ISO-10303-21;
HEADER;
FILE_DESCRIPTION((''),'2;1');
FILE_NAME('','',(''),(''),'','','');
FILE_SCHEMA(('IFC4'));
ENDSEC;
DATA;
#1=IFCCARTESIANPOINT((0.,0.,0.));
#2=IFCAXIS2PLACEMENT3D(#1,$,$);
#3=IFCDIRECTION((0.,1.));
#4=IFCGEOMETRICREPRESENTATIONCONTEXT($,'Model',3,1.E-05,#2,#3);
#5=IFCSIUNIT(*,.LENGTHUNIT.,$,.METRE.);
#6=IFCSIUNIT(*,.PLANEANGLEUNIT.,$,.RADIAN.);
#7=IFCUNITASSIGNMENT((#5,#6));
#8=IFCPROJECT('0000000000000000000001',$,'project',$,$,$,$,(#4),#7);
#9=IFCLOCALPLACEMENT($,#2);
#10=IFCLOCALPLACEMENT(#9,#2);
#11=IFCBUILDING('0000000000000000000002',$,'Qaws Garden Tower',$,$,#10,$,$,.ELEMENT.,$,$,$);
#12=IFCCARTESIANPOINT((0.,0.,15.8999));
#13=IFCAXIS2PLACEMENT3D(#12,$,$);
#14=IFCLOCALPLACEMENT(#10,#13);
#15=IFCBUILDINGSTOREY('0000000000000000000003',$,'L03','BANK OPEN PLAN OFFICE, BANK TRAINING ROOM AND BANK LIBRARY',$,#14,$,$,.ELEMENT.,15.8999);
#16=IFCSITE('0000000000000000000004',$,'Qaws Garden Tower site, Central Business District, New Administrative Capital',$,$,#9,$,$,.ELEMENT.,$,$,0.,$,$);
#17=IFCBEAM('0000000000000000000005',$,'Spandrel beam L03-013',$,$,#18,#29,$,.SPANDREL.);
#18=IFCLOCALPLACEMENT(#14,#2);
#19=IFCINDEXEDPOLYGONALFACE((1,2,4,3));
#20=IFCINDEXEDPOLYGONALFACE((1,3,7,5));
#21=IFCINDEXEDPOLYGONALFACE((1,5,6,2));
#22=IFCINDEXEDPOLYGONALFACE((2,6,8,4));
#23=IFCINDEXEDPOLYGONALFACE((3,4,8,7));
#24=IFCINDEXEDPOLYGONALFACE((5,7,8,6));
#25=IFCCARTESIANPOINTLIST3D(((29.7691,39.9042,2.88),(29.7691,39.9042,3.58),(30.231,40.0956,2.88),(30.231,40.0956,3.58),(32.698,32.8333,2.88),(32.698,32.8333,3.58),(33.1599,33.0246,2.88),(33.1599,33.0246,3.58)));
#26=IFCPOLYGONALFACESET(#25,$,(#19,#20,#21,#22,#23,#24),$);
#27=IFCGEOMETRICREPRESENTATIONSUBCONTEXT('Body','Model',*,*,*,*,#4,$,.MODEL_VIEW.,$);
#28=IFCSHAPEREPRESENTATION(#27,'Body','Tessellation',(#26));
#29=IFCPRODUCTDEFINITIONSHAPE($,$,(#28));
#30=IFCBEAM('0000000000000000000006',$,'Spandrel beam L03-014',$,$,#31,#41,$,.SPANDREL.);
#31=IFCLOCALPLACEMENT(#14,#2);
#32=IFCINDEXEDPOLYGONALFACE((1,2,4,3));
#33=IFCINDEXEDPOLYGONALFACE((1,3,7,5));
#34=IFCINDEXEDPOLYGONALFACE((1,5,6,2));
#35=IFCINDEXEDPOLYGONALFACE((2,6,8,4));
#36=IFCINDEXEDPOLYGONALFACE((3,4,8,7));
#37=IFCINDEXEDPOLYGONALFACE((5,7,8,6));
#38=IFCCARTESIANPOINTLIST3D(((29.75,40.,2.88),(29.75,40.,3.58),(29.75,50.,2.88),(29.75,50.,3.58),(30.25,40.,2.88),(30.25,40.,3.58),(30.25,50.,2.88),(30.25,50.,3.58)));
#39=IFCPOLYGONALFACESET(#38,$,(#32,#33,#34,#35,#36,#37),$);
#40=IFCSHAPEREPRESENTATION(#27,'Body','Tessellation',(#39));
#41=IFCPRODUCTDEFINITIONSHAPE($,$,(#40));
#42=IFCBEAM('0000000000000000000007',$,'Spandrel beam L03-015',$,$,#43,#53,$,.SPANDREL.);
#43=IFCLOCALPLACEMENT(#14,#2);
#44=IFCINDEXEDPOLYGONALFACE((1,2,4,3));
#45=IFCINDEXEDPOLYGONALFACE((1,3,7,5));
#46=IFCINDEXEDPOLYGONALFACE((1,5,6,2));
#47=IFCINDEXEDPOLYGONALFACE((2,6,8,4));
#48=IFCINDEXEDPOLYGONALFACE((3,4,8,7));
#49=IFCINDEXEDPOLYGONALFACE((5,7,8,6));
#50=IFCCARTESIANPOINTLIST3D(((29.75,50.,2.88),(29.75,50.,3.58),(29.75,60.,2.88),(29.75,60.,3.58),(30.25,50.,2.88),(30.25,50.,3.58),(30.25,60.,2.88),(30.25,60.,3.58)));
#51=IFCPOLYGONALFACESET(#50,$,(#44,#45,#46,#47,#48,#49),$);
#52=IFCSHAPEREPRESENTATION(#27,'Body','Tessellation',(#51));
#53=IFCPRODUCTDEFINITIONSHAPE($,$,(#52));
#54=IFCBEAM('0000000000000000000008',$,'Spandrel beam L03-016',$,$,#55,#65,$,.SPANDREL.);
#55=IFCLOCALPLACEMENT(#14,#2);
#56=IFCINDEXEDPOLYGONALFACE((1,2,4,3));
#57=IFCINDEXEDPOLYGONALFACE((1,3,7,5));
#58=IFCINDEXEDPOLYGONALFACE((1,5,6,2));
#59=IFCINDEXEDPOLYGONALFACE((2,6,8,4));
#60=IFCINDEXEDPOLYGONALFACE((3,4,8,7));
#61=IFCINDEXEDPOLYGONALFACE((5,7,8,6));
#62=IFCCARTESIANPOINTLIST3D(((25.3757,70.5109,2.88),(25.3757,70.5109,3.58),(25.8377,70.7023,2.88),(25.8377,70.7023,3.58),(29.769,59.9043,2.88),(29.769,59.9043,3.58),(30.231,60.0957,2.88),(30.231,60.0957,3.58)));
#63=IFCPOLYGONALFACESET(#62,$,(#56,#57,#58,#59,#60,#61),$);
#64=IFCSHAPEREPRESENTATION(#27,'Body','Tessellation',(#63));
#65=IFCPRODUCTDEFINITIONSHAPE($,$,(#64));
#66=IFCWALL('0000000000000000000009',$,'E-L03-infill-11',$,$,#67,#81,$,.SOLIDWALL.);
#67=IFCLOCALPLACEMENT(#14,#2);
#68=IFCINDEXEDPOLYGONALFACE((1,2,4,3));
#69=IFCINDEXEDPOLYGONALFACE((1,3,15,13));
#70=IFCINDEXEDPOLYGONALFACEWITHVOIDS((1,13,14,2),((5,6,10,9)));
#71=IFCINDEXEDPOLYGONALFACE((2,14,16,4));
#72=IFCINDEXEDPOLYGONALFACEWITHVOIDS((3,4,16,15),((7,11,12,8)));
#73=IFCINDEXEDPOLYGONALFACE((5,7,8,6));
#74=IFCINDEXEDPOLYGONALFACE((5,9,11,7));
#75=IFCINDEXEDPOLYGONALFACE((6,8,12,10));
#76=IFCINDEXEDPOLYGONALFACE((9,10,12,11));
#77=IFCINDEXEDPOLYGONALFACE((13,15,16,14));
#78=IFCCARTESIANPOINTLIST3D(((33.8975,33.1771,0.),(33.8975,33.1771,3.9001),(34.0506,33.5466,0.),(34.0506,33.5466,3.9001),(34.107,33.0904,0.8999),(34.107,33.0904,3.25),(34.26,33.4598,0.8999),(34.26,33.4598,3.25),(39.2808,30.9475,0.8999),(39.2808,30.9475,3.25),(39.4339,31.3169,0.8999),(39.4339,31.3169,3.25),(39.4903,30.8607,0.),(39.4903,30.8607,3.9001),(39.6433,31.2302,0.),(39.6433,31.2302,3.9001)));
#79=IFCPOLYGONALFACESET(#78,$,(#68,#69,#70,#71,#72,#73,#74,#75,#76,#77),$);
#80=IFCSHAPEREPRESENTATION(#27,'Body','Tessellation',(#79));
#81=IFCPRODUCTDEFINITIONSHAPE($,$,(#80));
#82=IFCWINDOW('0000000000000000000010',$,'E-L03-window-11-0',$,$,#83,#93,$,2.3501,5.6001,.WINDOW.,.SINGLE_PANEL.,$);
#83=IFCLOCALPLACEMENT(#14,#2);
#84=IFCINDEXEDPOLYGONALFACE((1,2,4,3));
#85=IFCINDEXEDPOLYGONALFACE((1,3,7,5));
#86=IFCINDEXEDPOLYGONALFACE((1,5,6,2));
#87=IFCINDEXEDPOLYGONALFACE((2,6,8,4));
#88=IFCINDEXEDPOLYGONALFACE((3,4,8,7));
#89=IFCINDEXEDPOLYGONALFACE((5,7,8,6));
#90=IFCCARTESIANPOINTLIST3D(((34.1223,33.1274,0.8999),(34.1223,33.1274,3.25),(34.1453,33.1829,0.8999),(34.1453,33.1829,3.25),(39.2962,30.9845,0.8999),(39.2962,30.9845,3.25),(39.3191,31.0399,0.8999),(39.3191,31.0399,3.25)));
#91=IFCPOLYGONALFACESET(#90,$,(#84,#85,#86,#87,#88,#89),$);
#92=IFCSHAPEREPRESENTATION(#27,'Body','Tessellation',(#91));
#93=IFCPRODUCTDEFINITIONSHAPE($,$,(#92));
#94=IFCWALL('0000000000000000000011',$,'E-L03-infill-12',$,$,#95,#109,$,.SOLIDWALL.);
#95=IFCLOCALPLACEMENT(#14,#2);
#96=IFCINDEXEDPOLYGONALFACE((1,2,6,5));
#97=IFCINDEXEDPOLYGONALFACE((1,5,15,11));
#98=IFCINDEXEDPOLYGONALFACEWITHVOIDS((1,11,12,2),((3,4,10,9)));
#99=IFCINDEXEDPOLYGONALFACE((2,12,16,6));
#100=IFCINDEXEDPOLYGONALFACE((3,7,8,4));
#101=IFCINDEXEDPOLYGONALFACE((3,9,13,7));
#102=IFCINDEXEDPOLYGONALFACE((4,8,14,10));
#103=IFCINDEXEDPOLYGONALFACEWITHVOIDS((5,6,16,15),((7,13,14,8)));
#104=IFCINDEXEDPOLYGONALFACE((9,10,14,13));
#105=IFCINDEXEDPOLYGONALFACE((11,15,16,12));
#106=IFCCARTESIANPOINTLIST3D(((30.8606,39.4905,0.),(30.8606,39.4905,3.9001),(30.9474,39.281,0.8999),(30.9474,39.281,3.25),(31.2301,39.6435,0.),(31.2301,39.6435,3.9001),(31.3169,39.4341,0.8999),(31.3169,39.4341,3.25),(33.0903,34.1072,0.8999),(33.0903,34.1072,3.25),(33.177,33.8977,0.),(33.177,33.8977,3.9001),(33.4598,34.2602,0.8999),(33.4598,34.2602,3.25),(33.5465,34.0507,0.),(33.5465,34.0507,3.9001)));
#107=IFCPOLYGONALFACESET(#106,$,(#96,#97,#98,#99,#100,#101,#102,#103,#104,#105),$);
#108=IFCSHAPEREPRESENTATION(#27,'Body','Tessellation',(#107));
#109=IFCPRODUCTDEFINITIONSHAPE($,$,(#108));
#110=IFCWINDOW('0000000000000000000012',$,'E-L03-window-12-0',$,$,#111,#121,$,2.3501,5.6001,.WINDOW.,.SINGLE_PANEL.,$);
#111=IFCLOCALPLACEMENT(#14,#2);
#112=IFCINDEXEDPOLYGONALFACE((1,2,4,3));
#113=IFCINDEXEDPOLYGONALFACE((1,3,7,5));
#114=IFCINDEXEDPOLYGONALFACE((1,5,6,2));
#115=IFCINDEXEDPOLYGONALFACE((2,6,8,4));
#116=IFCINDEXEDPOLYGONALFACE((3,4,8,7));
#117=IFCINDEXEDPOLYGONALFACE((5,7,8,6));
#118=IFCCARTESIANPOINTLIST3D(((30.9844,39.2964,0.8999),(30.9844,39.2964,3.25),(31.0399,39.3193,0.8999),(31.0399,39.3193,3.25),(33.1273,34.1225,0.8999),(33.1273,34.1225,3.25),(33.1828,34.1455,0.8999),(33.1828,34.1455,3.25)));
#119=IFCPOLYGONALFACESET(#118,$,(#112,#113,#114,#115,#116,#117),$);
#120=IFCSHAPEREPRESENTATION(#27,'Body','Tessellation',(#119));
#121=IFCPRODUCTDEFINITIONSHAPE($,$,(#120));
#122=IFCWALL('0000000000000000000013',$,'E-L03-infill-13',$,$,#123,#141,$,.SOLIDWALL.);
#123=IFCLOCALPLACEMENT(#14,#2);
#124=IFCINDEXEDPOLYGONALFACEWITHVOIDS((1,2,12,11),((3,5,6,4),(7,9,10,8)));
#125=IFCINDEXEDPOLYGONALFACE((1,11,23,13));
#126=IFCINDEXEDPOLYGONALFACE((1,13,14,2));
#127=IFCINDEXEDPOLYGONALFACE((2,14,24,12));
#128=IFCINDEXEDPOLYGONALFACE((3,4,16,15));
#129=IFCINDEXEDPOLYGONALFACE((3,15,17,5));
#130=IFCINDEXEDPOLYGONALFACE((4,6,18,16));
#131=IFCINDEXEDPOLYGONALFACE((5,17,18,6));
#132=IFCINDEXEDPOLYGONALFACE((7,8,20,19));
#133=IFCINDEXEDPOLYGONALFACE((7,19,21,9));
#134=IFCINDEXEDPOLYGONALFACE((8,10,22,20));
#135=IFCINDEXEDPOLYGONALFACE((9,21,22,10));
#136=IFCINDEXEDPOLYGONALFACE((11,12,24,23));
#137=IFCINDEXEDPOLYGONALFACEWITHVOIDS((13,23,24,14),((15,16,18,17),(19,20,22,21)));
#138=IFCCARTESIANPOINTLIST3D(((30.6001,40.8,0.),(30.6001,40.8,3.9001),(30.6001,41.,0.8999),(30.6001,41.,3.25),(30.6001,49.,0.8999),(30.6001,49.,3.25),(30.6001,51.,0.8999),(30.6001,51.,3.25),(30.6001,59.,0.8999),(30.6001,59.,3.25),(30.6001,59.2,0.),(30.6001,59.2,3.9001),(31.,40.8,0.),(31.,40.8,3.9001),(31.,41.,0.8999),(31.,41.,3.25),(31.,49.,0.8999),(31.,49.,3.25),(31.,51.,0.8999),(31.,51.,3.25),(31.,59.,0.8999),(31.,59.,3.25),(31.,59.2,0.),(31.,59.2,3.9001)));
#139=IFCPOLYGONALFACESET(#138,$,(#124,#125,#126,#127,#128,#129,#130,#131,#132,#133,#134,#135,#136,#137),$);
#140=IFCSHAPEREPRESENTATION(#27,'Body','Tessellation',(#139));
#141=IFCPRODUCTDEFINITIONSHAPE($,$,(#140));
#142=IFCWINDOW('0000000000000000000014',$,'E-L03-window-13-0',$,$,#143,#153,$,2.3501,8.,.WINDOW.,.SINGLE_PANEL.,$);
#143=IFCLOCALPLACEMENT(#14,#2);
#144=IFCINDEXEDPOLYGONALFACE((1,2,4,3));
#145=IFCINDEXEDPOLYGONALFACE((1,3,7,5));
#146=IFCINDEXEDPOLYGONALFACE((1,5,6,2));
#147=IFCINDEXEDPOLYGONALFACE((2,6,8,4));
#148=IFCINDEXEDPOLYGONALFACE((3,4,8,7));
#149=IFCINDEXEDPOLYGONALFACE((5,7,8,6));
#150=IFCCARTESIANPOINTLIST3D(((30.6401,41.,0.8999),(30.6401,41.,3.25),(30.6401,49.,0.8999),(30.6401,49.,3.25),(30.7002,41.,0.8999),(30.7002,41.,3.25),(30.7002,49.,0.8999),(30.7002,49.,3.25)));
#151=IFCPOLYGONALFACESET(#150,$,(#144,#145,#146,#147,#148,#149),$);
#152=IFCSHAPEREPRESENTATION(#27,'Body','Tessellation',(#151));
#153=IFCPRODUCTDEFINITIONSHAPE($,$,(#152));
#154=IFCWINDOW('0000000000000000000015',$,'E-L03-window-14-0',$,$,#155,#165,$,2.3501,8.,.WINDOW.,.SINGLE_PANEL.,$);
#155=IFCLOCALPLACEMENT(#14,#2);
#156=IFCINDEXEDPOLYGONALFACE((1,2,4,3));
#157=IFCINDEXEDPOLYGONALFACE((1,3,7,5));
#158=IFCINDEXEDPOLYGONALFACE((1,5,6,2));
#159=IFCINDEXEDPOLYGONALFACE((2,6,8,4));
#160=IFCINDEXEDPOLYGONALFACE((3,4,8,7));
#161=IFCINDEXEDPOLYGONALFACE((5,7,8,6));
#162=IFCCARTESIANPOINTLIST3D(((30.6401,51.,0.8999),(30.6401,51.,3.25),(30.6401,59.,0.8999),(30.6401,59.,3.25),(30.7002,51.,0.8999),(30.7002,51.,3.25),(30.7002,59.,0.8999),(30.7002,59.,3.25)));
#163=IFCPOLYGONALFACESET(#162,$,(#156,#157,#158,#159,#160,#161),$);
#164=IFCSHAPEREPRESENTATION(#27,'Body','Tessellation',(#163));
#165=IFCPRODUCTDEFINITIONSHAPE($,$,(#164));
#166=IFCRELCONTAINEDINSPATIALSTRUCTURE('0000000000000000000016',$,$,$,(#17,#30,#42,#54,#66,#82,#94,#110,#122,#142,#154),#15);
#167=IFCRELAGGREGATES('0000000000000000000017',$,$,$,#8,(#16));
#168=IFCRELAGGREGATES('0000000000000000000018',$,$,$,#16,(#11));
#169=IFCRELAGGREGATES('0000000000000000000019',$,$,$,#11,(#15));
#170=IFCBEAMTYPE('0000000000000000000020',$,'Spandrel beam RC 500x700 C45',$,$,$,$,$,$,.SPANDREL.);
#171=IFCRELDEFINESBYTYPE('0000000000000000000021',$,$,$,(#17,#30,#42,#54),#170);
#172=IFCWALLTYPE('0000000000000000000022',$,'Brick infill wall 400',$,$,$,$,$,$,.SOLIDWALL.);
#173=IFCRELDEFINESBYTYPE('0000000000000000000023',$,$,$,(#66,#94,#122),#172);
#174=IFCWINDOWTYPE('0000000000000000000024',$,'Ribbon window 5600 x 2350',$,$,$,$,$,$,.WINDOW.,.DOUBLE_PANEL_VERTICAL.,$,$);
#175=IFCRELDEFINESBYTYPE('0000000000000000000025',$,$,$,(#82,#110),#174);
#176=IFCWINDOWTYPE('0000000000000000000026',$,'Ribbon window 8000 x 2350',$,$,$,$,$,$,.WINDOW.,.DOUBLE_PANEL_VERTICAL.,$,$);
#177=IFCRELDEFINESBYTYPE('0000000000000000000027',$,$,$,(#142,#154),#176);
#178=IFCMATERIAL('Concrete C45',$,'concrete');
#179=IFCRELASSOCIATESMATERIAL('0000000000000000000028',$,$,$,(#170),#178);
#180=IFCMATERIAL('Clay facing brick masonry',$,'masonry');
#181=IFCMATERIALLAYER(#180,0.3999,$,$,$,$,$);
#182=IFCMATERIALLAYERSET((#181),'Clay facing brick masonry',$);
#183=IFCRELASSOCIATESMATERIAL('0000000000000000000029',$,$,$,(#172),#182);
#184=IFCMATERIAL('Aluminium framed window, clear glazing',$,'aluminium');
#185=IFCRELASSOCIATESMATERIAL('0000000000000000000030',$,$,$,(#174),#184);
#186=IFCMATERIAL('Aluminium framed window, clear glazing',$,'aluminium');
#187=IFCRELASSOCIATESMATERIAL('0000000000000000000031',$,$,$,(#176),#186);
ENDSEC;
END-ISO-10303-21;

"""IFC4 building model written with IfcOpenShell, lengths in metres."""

from ifc_helpers import new_model, si_unit, direction, frame, frame_2d, origin, origin_2d, place, context, subcontext, project, spatial, rectangle, extrude, material, layer, layer_set, material_profile, profile_set, type_object, element, fill, save


model = new_model("IFC4")

# Units and contexts
model_context = context("Model", 3, precision=1e-05, world=origin(), true_north=direction((0.0, 1.0)))
body_context = subcontext(model_context, "Body", "Model", "MODEL_VIEW")
ifc_project = project(units=[si_unit("LENGTHUNIT", "METRE"), si_unit("PLANEANGLEUNIT", "RADIAN")], contexts=[model_context])

# Site, building, storey
site_placement = place(None, origin())
site = spatial("IfcSite", under=ifc_project, at=site_placement, Name="Qaws Garden Tower site, Central Business District, New Administrative Capital", CompositionType="ELEMENT", RefElevation=0.0)
building_placement = place(site_placement, origin())
building = spatial("IfcBuilding", under=site, at=building_placement, Name="Qaws Garden Tower", CompositionType="ELEMENT")
storey_placement = place(building_placement, frame((0.0, 0.0, 15.8999)))
storey = spatial("IfcBuildingStorey", under=building, at=storey_placement, Name="L03", Description="BANK OPEN PLAN OFFICE, BANK TRAINING ROOM AND BANK LIBRARY", CompositionType="ELEMENT", Elevation=15.8999)

# Beams
ifc_material_1 = material(Name="Concrete C45", Category="concrete")
ifc_material_profile_1 = material_profile(ifc_material_1, rectangle(XDim=0.5, YDim=0.7, at=origin_2d()), Name="RC 500x700")
ifc_profile_set_1 = profile_set([ifc_material_profile_1], Name="Concrete C45")
beam_type = type_object("IfcBeamType", Name="Spandrel beam RC 500x700 C45", PredefinedType="SPANDREL", material=ifc_profile_set_1)
beam_1_placement = place(storey_placement, frame((32.929, 32.929, 3.23), z_axis=(-0.382687, 0.923878, 0.0), x_axis=(-0.923878, -0.382687, 0.0)))
element("IfcBeam", 1, at=beam_1_placement, inside=storey, type_object=beam_type, Name="Spandrel beam L03-013", PredefinedType="SPANDREL", context=body_context, shape_type="SweptSolid", body=[
    extrude(rectangle(XDim=0.5, YDim=0.7, at=origin_2d()), origin(), (0.0, 0.0, 1.0), 7.6536),
])
for number, where, z_axis, x_axis, name in (
    (2, (30.0, 40.0, 3.23), (0.0, 1.0, 0.0), (-1.0, 0.0, 0.0), "Spandrel beam L03-014"),
    (3, (30.0, 50.0, 3.23), (0.0, 1.0, 0.0), (-1.0, 0.0, 0.0), "Spandrel beam L03-015"),
):
    element("IfcBeam", number, at=place(storey_placement, frame(where, z_axis=z_axis, x_axis=x_axis)), inside=storey, type_object=beam_type, Name=name, PredefinedType="SPANDREL", context=body_context, shape_type="SweptSolid", body=[
        extrude(rectangle(XDim=0.5, YDim=0.7, at=origin_2d()), origin(), (0.0, 0.0, 1.0), 10.0),
    ])
beam_2_placement = place(storey_placement, frame((30.0, 60.0, 3.23), z_axis=(-0.382674, 0.923883, 0.0), x_axis=(-0.923883, -0.382674, 0.0)))
element("IfcBeam", 4, at=beam_2_placement, inside=storey, type_object=beam_type, Name="Spandrel beam L03-016", PredefinedType="SPANDREL", context=body_context, shape_type="SweptSolid", body=[
    extrude(rectangle(XDim=0.5, YDim=0.7, at=origin_2d()), origin(), (0.0, 0.0, 1.0), 11.4805),
])

# Walls, openings, windows
ifc_material_2 = material(Name="Clay facing brick masonry", Category="masonry")
ifc_layer_1 = layer(ifc_material_2, 0.3999)
ifc_layer_set_1 = layer_set([ifc_layer_1], Name="Clay facing brick masonry")
wall_type_1 = type_object("IfcWallType", Name="Brick infill wall 400", PredefinedType="SOLIDWALL", material=ifc_layer_set_1)
wall_1_placement = place(storey_placement, frame((39.5669, 31.0454, 0.0), z_axis=(0.0, 0.0, 1.0), x_axis=(-0.923891, 0.382656, 0.0)))
wall_1 = element("IfcWall", 5, at=wall_1_placement, inside=storey, type_object=wall_type_1, Name="E-L03-infill-11", PredefinedType="SOLIDWALL", context=body_context, shape_type="SweptSolid", body=[
    extrude(rectangle(XDim=6.0535, YDim=0.3999, at=frame_2d((3.0269, 0.0))), origin(), (0.0, 0.0, 1.0), 3.9001),
])
opening_1_placement = place(wall_1_placement, frame((0.2268, 0.0, 0.8999)))
opening_1 = element("IfcOpeningElement", 6, at=opening_1_placement, cuts=wall_1, PredefinedType="OPENING", context=body_context, shape_type="SweptSolid", body=[
    extrude(rectangle(XDim=5.6001, YDim=2.3501, at=frame_2d((2.8, 1.175))), frame((0.0, 0.21, 0.0), z_axis=(0.0, -1.0, 0.0), x_axis=(1.0, 0.0, 0.0)), (0.0, 0.0, 1.0), 0.4199),
])
ifc_material_3 = material(Name="Aluminium framed window, clear glazing", Category="aluminium")
window_type_1 = type_object("IfcWindowType", Name="Ribbon window 5600 x 2350", PartitioningType="DOUBLE_PANEL_VERTICAL", PredefinedType="WINDOW", material=ifc_material_3)
window_1_placement = place(opening_1_placement, origin())
window_1 = element("IfcWindow", 7, at=window_1_placement, inside=storey, type_object=window_type_1, Name="E-L03-window-11-0", OverallHeight=2.3501, OverallWidth=5.6001, PartitioningType="SINGLE_PANEL", PredefinedType="WINDOW", context=body_context, shape_type="SweptSolid", body=[
    extrude(rectangle(XDim=5.6001, YDim=2.3501, at=frame_2d((2.8, 1.175))), frame((0.0, 0.1599, 0.0), z_axis=(0.0, -1.0, 0.0), x_axis=(1.0, 0.0, 0.0)), (0.0, 0.0, 1.0), 0.0601),
])
fill(opening_1, window_1)
wall_2_placement = place(storey_placement, frame((33.3618, 33.9741, 0.0), z_axis=(0.0, 0.0, 1.0), x_axis=(-0.382656, 0.923891, 0.0)))
wall_2 = element("IfcWall", 8, at=wall_2_placement, inside=storey, type_object=wall_type_1, Name="E-L03-infill-12", PredefinedType="SOLIDWALL", context=body_context, shape_type="SweptSolid", body=[
    extrude(rectangle(XDim=6.0535, YDim=0.3999, at=frame_2d((3.0269, 0.0))), origin(), (0.0, 0.0, 1.0), 3.9001),
])
opening_2_placement = place(wall_2_placement, frame((0.2268, 0.0, 0.8999)))
opening_2 = element("IfcOpeningElement", 9, at=opening_2_placement, cuts=wall_2, PredefinedType="OPENING", context=body_context, shape_type="SweptSolid", body=[
    extrude(rectangle(XDim=5.6001, YDim=2.3501, at=frame_2d((2.8, 1.175))), frame((0.0, 0.21, 0.0), z_axis=(0.0, -1.0, 0.0), x_axis=(1.0, 0.0, 0.0)), (0.0, 0.0, 1.0), 0.4199),
])
window_2_placement = place(opening_2_placement, origin())
window_2 = element("IfcWindow", 10, at=window_2_placement, inside=storey, type_object=window_type_1, Name="E-L03-window-12-0", OverallHeight=2.3501, OverallWidth=5.6001, PartitioningType="SINGLE_PANEL", PredefinedType="WINDOW", context=body_context, shape_type="SweptSolid", body=[
    extrude(rectangle(XDim=5.6001, YDim=2.3501, at=frame_2d((2.8, 1.175))), frame((0.0, 0.1599, 0.0), z_axis=(0.0, -1.0, 0.0), x_axis=(1.0, 0.0, 0.0)), (0.0, 0.0, 1.0), 0.0601),
])
fill(opening_2, window_2)

# Wall, openings, windows
wall_3_placement = place(storey_placement, frame((30.8, 40.8, 0.0), z_axis=(0.0, 0.0, 1.0), x_axis=(0.0, 1.0, 0.0)))
wall_3 = element("IfcWall", 11, at=wall_3_placement, inside=storey, type_object=wall_type_1, Name="E-L03-infill-13", PredefinedType="SOLIDWALL", context=body_context, shape_type="SweptSolid", body=[
    extrude(rectangle(XDim=18.3999, YDim=0.3999, at=frame_2d((9.2, 0.0))), origin(), (0.0, 0.0, 1.0), 3.9001),
])
opening_3_placement = place(wall_3_placement, frame((0.2, 0.0, 0.8999)))
opening_3 = element("IfcOpeningElement", 12, at=opening_3_placement, cuts=wall_3, PredefinedType="OPENING", context=body_context, shape_type="SweptSolid", body=[
    extrude(rectangle(XDim=8.0, YDim=2.3501, at=frame_2d((4.0, 1.175))), frame((0.0, 0.21, 0.0), z_axis=(0.0, -1.0, 0.0), x_axis=(1.0, 0.0, 0.0)), (0.0, 0.0, 1.0), 0.4199),
])
opening_4_placement = place(wall_3_placement, frame((10.2, 0.0, 0.8999)))
opening_4 = element("IfcOpeningElement", 13, at=opening_4_placement, cuts=wall_3, PredefinedType="OPENING", context=body_context, shape_type="SweptSolid", body=[
    extrude(rectangle(XDim=8.0, YDim=2.3501, at=frame_2d((4.0, 1.175))), frame((0.0, 0.21, 0.0), z_axis=(0.0, -1.0, 0.0), x_axis=(1.0, 0.0, 0.0)), (0.0, 0.0, 1.0), 0.4199),
])
ifc_material_4 = material(Name="Aluminium framed window, clear glazing", Category="aluminium")
window_type_2 = type_object("IfcWindowType", Name="Ribbon window 8000 x 2350", PartitioningType="DOUBLE_PANEL_VERTICAL", PredefinedType="WINDOW", material=ifc_material_4)
window_3_placement = place(opening_3_placement, origin())
window_3 = element("IfcWindow", 14, at=window_3_placement, inside=storey, type_object=window_type_2, Name="E-L03-window-13-0", OverallHeight=2.3501, OverallWidth=8.0, PartitioningType="SINGLE_PANEL", PredefinedType="WINDOW", context=body_context, shape_type="SweptSolid", body=[
    extrude(rectangle(XDim=8.0, YDim=2.3501, at=frame_2d((4.0, 1.175))), frame((0.0, 0.1599, 0.0), z_axis=(0.0, -1.0, 0.0), x_axis=(1.0, 0.0, 0.0)), (0.0, 0.0, 1.0), 0.0601),
])
fill(opening_3, window_3)
window_4_placement = place(opening_4_placement, origin())
window_4 = element("IfcWindow", 15, at=window_4_placement, inside=storey, type_object=window_type_2, Name="E-L03-window-14-0", OverallHeight=2.3501, OverallWidth=8.0, PartitioningType="SINGLE_PANEL", PredefinedType="WINDOW", context=body_context, shape_type="SweptSolid", body=[
    extrude(rectangle(XDim=8.0, YDim=2.3501, at=frame_2d((4.0, 1.175))), frame((0.0, 0.1599, 0.0), z_axis=(0.0, -1.0, 0.0), x_axis=(1.0, 0.0, 0.0)), (0.0, 0.0, 1.0), 0.0601),
])
fill(opening_4, window_4)

save(model, "model.ifc")
